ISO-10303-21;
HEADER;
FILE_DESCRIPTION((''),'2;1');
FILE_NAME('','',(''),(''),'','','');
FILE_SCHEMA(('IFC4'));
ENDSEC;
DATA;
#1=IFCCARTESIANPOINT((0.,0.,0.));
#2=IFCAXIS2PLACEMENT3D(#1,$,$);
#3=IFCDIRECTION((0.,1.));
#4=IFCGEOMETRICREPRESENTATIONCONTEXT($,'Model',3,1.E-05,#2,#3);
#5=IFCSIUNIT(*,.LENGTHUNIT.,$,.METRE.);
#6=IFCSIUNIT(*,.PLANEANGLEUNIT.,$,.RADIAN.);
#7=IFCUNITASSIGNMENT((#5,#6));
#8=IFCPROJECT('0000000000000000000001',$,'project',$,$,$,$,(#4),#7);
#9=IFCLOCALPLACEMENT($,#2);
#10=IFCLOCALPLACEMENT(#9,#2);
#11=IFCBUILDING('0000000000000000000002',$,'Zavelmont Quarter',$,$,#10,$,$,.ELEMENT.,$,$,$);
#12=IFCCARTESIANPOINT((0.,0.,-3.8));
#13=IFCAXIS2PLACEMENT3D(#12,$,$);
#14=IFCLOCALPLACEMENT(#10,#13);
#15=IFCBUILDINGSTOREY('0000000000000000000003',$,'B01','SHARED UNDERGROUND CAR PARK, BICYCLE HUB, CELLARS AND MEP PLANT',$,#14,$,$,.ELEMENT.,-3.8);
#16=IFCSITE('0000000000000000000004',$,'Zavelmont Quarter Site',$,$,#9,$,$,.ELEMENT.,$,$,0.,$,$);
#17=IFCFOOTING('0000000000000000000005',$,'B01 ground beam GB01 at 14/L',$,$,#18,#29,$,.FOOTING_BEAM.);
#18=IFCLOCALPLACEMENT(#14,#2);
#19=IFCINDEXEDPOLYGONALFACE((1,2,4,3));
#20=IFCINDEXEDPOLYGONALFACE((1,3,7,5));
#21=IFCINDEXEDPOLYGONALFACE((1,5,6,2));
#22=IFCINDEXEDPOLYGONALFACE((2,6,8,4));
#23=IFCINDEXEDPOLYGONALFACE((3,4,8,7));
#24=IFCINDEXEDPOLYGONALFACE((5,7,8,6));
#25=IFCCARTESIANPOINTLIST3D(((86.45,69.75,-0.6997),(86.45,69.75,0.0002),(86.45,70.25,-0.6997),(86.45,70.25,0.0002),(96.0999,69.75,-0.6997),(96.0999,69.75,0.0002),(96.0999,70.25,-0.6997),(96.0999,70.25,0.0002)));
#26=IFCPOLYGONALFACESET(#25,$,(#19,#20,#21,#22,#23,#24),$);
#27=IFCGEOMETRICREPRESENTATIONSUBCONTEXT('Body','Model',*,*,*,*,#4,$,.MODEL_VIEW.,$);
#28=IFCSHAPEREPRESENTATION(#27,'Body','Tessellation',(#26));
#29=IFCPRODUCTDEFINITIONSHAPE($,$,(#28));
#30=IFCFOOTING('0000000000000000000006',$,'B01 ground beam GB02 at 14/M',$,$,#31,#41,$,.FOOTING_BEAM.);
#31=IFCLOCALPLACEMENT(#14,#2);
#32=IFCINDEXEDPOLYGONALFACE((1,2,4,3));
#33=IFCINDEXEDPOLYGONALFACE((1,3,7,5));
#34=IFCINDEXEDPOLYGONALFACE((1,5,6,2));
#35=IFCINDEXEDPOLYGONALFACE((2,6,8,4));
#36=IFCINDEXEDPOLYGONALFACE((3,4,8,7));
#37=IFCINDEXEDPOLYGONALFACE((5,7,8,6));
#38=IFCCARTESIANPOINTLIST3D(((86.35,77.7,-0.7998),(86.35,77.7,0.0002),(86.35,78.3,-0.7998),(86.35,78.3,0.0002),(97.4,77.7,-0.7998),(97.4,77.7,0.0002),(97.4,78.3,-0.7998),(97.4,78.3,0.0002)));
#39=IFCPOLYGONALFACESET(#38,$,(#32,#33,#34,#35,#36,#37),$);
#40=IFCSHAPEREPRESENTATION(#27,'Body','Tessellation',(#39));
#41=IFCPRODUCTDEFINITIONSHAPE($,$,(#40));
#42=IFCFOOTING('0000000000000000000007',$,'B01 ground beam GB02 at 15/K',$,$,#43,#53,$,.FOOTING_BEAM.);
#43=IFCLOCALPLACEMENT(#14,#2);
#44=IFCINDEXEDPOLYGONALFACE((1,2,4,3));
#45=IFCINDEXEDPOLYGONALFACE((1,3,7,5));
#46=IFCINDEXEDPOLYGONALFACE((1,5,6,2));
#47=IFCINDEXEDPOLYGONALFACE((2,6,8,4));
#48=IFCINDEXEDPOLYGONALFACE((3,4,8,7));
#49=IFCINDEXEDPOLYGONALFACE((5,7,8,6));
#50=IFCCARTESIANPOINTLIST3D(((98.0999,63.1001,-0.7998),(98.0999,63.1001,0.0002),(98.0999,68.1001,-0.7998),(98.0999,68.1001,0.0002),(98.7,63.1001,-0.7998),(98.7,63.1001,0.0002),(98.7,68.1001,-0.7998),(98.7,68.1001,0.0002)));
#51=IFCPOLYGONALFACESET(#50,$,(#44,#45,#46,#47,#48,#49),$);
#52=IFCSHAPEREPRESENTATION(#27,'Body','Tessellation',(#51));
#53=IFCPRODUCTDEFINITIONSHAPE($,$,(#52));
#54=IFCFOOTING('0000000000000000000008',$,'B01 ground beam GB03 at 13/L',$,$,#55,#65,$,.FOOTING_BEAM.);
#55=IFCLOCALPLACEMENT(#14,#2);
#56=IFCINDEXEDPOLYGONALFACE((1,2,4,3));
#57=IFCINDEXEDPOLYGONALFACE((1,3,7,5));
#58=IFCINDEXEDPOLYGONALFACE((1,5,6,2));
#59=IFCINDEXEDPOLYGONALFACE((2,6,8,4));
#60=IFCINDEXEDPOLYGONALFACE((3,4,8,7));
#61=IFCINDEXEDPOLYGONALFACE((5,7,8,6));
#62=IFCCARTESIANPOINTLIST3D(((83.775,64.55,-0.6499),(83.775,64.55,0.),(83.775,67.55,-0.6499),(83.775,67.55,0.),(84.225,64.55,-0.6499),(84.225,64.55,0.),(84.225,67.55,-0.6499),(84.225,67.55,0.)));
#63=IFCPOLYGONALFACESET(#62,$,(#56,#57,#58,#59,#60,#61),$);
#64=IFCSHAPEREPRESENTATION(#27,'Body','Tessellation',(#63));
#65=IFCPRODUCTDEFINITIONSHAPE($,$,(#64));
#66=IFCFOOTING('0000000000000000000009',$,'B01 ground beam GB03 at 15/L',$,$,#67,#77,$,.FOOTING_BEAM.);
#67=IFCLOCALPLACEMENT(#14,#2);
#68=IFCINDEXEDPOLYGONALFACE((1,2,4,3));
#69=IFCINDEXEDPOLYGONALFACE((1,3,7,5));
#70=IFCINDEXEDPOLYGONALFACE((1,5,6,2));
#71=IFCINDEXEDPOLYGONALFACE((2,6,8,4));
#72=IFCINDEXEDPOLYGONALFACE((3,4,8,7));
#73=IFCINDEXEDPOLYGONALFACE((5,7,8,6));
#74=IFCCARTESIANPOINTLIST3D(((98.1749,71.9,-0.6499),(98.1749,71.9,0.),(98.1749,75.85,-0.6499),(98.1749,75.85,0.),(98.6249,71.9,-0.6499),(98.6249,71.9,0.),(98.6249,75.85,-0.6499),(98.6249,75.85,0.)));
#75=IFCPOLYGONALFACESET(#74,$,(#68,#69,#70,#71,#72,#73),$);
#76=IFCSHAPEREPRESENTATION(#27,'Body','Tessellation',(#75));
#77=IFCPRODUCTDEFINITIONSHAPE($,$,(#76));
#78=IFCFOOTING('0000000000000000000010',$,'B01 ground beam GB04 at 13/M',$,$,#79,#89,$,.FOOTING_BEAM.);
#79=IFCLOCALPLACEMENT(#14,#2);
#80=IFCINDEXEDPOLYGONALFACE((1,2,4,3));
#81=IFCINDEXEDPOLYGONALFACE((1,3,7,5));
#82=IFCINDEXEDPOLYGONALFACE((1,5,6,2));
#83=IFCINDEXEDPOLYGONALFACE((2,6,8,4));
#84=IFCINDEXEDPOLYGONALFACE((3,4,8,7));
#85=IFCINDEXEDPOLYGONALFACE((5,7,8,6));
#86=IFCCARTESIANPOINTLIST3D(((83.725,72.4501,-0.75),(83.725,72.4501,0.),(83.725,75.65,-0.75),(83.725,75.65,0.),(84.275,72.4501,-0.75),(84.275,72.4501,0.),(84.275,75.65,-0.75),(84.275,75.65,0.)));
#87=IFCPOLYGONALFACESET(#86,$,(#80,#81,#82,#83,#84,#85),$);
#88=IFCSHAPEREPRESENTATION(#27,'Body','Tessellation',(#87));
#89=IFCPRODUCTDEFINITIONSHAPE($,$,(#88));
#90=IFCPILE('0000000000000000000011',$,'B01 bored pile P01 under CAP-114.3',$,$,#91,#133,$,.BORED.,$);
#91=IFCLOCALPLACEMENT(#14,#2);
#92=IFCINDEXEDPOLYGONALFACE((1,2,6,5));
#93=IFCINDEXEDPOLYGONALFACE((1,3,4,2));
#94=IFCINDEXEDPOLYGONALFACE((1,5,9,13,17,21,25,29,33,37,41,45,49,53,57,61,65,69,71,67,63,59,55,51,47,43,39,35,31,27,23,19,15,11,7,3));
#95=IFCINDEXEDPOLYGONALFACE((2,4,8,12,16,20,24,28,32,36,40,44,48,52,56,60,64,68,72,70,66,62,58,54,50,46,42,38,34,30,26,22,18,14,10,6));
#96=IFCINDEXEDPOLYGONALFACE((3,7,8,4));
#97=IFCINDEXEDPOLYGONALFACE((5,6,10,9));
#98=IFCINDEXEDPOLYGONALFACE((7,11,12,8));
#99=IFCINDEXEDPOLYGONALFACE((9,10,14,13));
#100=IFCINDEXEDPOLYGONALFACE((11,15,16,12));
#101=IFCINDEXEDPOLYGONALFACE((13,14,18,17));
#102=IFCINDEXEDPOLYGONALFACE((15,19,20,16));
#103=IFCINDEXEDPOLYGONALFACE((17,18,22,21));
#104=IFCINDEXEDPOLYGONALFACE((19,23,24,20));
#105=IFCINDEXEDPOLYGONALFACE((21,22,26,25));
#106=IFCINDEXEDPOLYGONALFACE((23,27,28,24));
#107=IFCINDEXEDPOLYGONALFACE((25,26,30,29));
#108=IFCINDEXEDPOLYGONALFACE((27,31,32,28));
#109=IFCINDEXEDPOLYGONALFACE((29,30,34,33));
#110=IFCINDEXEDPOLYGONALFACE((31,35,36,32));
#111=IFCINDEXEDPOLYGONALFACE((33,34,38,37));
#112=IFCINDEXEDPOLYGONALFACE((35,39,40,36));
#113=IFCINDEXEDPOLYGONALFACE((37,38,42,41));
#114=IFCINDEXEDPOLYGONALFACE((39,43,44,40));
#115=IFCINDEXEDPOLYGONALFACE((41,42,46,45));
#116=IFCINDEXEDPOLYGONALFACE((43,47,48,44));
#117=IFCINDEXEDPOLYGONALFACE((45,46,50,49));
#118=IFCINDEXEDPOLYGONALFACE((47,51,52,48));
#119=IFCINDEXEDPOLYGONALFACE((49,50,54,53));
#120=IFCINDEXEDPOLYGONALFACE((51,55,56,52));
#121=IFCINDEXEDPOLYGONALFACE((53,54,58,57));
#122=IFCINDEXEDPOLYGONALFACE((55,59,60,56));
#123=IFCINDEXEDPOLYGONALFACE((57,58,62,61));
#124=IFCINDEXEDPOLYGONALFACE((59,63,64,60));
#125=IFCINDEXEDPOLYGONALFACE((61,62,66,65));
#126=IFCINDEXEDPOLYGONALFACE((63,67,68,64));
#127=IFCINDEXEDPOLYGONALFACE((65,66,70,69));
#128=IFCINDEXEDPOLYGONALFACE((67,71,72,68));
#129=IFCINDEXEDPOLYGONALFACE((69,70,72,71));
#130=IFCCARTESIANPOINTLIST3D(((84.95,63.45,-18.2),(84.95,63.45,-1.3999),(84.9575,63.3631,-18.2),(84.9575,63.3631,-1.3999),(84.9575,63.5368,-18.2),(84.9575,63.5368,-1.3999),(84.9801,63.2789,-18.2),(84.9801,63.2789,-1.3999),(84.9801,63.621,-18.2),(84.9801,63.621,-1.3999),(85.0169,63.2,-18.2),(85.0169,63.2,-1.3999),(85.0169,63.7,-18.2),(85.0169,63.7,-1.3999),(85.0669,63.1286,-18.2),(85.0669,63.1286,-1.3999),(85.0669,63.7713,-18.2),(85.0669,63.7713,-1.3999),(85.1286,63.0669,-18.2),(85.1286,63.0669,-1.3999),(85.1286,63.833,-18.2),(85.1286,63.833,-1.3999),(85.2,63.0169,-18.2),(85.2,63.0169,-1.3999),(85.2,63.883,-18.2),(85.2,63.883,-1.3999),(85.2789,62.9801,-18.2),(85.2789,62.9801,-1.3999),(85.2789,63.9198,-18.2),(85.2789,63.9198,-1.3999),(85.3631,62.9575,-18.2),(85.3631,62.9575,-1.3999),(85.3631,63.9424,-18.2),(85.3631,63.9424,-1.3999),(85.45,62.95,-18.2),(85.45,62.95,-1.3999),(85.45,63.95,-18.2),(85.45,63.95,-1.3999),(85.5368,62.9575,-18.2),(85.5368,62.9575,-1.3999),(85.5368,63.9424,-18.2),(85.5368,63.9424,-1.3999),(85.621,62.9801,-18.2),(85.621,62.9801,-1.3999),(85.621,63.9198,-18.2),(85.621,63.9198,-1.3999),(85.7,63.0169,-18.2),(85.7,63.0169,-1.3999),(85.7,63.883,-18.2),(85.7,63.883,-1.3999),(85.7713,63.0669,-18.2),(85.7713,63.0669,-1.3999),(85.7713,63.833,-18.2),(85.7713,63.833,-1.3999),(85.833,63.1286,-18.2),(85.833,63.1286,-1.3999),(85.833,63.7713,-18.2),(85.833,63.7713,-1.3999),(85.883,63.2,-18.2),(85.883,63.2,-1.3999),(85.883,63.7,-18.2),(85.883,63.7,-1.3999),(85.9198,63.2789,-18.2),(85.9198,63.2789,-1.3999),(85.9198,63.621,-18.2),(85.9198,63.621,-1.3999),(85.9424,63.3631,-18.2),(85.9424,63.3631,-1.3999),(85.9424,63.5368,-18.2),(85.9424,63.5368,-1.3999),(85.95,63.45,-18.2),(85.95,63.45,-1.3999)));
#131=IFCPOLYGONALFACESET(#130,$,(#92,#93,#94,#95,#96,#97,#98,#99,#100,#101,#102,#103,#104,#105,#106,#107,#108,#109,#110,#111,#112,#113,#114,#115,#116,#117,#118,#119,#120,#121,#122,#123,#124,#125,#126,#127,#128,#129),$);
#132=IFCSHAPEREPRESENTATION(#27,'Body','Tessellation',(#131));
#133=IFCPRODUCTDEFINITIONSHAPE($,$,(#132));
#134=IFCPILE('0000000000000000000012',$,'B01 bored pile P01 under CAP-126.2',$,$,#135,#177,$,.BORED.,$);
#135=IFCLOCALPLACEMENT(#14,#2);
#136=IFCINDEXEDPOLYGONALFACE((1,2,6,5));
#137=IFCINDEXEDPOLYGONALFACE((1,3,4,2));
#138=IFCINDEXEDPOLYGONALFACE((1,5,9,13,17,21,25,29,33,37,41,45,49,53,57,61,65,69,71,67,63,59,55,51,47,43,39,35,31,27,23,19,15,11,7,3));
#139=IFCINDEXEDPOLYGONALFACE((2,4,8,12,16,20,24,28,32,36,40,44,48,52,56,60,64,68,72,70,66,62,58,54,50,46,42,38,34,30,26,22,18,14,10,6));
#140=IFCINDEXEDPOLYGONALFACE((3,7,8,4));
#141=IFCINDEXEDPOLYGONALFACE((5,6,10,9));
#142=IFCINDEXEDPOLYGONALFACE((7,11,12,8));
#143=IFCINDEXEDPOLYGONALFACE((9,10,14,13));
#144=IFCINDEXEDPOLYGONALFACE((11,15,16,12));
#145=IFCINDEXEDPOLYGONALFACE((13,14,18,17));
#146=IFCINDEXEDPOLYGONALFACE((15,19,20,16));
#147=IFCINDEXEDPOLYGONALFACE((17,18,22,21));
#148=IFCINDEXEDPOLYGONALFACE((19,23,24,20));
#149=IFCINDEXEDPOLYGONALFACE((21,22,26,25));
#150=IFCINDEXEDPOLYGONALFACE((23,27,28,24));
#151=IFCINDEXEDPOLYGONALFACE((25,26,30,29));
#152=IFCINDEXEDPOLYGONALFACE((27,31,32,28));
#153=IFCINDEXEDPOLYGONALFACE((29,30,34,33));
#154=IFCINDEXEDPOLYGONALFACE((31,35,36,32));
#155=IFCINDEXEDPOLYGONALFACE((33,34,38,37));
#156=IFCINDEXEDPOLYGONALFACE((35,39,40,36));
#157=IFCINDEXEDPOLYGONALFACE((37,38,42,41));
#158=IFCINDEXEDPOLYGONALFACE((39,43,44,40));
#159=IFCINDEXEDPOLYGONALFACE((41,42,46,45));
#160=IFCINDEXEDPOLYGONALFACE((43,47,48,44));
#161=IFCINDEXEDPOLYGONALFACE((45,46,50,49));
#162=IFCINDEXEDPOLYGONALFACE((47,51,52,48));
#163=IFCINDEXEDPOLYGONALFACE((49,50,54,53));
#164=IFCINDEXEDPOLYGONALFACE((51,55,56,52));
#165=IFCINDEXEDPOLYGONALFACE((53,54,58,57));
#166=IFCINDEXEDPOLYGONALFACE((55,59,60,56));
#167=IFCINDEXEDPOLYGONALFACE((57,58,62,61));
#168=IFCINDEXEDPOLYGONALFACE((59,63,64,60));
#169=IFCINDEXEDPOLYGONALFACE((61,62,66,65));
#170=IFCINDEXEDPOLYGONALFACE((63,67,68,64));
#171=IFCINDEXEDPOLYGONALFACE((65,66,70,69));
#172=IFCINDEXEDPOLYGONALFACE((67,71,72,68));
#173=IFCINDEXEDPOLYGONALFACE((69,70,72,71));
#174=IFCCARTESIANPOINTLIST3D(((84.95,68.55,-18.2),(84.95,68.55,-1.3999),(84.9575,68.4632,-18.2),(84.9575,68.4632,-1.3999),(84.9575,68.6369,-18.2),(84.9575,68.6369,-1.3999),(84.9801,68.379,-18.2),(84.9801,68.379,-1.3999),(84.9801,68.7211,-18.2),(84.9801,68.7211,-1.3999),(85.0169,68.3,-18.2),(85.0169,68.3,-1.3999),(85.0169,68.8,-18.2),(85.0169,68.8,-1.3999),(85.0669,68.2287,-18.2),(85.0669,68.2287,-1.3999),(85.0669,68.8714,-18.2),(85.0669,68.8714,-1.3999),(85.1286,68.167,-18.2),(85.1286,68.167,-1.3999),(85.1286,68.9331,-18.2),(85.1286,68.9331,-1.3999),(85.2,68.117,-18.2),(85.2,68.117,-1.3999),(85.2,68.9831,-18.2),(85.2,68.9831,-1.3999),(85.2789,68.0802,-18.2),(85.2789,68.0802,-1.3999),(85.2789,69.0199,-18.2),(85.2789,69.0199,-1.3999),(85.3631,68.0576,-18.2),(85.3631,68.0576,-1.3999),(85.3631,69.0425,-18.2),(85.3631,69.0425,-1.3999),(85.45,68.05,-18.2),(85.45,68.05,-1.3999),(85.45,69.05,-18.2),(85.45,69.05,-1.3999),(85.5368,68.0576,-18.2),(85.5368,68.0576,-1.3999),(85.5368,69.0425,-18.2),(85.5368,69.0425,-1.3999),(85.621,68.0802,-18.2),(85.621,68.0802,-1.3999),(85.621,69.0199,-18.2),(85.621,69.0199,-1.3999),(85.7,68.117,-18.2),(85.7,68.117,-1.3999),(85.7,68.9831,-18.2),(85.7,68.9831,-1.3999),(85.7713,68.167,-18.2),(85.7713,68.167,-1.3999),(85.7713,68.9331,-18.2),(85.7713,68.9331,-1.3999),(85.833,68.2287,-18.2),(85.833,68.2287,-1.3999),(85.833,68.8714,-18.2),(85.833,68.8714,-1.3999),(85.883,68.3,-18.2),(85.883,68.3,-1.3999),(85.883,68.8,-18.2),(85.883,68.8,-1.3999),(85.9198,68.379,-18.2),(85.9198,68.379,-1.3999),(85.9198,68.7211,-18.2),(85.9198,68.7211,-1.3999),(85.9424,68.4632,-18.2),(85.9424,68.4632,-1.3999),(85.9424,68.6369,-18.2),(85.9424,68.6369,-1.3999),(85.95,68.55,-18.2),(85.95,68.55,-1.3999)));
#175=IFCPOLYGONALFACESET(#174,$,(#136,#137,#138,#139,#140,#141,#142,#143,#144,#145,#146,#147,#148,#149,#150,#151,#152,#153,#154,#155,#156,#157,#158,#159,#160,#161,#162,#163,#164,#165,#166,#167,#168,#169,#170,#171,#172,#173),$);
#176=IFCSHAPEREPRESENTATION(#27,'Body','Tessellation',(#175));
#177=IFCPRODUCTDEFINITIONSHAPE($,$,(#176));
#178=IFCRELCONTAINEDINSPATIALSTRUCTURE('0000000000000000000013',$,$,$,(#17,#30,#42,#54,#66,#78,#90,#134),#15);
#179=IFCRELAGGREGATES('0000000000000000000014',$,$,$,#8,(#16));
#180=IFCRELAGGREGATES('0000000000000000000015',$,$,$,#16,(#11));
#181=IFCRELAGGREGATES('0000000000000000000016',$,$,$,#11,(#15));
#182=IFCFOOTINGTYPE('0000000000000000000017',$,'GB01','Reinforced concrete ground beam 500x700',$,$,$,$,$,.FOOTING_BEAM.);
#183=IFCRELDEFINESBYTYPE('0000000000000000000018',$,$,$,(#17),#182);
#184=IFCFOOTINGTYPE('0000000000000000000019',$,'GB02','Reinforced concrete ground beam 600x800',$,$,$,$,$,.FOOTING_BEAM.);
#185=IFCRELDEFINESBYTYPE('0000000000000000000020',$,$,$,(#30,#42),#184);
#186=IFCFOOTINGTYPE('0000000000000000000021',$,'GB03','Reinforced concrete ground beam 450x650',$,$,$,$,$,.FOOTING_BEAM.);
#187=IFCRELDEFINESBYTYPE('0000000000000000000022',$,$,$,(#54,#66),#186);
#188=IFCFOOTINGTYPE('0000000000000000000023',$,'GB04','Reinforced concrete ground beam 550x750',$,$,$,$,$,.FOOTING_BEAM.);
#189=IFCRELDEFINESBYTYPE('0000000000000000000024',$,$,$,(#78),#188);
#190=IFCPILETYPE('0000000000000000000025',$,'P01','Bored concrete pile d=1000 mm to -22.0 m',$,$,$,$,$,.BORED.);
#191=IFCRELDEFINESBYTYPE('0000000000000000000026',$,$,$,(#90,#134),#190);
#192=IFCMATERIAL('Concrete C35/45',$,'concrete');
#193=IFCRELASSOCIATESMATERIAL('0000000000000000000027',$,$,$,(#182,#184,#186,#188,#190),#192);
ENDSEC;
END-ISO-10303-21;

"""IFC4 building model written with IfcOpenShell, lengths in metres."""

from ifc_helpers import new_model, si_unit, direction, frame, origin, origin_2d, place, context, subcontext, project, spatial, rectangle, circle, extrude, material, material_profile, profile_set, type_object, element, save


model = new_model("IFC4")

# Units and contexts
model_context = context("Model", 3, precision=1e-05, world=origin(), true_north=direction((0.0, 1.0)))
body_context = subcontext(model_context, "Body", "Model", "MODEL_VIEW")
ifc_project = project(units=[si_unit("LENGTHUNIT", "METRE"), si_unit("PLANEANGLEUNIT", "RADIAN")], contexts=[model_context])

# Site, building, storey
site_placement = place(None, origin())
site = spatial("IfcSite", under=ifc_project, at=site_placement, Name="Zavelmont Quarter Site", CompositionType="ELEMENT", RefElevation=0.0)
building_placement = place(site_placement, origin())
building = spatial("IfcBuilding", under=site, at=building_placement, Name="Zavelmont Quarter", CompositionType="ELEMENT")
storey_placement = place(building_placement, frame((0.0, 0.0, -3.8)))
storey = spatial("IfcBuildingStorey", under=building, at=storey_placement, Name="B01", Description="SHARED UNDERGROUND CAR PARK, BICYCLE HUB, CELLARS AND MEP PLANT", CompositionType="ELEMENT", Elevation=-3.8)

# Footings
ifc_material_1 = material(Name="Concrete C35/45", Category="concrete")
footing_type_1 = type_object("IfcFootingType", Name="GB01", Description="Reinforced concrete ground beam 500x700", PredefinedType="FOOTING_BEAM", material=ifc_material_1)
footing_1_placement = place(storey_placement, frame((91.2749, 70.0, -0.6997), z_axis=(0.0, 0.0, 1.0), x_axis=(1.0, 0.0, 0.0)))
element("IfcFooting", 1, at=footing_1_placement, inside=storey, type_object=footing_type_1, Name="B01 ground beam GB01 at 14/L", PredefinedType="FOOTING_BEAM", context=body_context, shape_type="SweptSolid", body=[
    extrude(rectangle(XDim=9.6499, YDim=0.5, at=origin_2d()), origin(), (0.0, 0.0, 1.0), 0.7),
])
footing_type_2 = type_object("IfcFootingType", Name="GB02", Description="Reinforced concrete ground beam 600x800", PredefinedType="FOOTING_BEAM", material=ifc_material_1)
footing_2_placement = place(storey_placement, frame((91.875, 78.0, -0.7998), z_axis=(0.0, 0.0, 1.0), x_axis=(1.0, 0.0, 0.0)))
element("IfcFooting", 2, at=footing_2_placement, inside=storey, type_object=footing_type_2, Name="B01 ground beam GB02 at 14/M", PredefinedType="FOOTING_BEAM", context=body_context, shape_type="SweptSolid", body=[
    extrude(rectangle(XDim=11.05, YDim=0.6001, at=origin_2d()), origin(), (0.0, 0.0, 1.0), 0.8),
])
footing_3_placement = place(storey_placement, frame((98.3999, 65.6001, -0.7998), z_axis=(0.0, 0.0, 1.0), x_axis=(0.0, 1.0, 0.0)))
element("IfcFooting", 3, at=footing_3_placement, inside=storey, type_object=footing_type_2, Name="B01 ground beam GB02 at 15/K", PredefinedType="FOOTING_BEAM", context=body_context, shape_type="SweptSolid", body=[
    extrude(rectangle(XDim=5.0, YDim=0.6001, at=origin_2d()), origin(), (0.0, 0.0, 1.0), 0.8),
])
footing_type_3 = type_object("IfcFootingType", Name="GB03", Description="Reinforced concrete ground beam 450x650", PredefinedType="FOOTING_BEAM", material=ifc_material_1)
footing_4_placement = place(storey_placement, frame((84.0, 66.05, -0.6499), z_axis=(0.0, 0.0, 1.0), x_axis=(0.0, 1.0, 0.0)))
element("IfcFooting", 4, at=footing_4_placement, inside=storey, type_object=footing_type_3, Name="B01 ground beam GB03 at 13/L", PredefinedType="FOOTING_BEAM", context=body_context, shape_type="SweptSolid", body=[
    extrude(rectangle(XDim=3.0, YDim=0.45, at=origin_2d()), origin(), (0.0, 0.0, 1.0), 0.6499),
])
footing_5_placement = place(storey_placement, frame((98.3999, 73.875, -0.6499), z_axis=(0.0, 0.0, 1.0), x_axis=(0.0, 1.0, 0.0)))
element("IfcFooting", 5, at=footing_5_placement, inside=storey, type_object=footing_type_3, Name="B01 ground beam GB03 at 15/L", PredefinedType="FOOTING_BEAM", context=body_context, shape_type="SweptSolid", body=[
    extrude(rectangle(XDim=3.95, YDim=0.45, at=origin_2d()), origin(), (0.0, 0.0, 1.0), 0.6499),
])
footing_type_4 = type_object("IfcFootingType", Name="GB04", Description="Reinforced concrete ground beam 550x750", PredefinedType="FOOTING_BEAM", material=ifc_material_1)
footing_6_placement = place(storey_placement, frame((84.0, 74.05, -0.75), z_axis=(0.0, 0.0, 1.0), x_axis=(0.0, 1.0, 0.0)))
element("IfcFooting", 6, at=footing_6_placement, inside=storey, type_object=footing_type_4, Name="B01 ground beam GB04 at 13/M", PredefinedType="FOOTING_BEAM", context=body_context, shape_type="SweptSolid", body=[
    extrude(rectangle(XDim=3.2, YDim=0.55, at=origin_2d()), origin(), (0.0, 0.0, 1.0), 0.75),
])

# Piles
ifc_material_profile_1 = material_profile(ifc_material_1, circle(Radius=0.5, at=origin_2d()), Name="BP1000")
ifc_profile_set_1 = profile_set([ifc_material_profile_1], Name="Concrete C35/45")
pile_type_1 = type_object("IfcPileType", Name="P01", Description="Bored concrete pile d=1000 mm to -22.0 m", PredefinedType="BORED", material=ifc_profile_set_1)
for number, where, z_axis, x_axis, name in (
    (7, (85.45, 63.45, -1.3999), (0.0, 0.0, -1.0), (1.0, 0.0, 0.0), "B01 bored pile P01 under CAP-114.3"),
    (8, (85.45, 68.55, -1.3999), (0.0, 0.0, -1.0), (1.0, 0.0, 0.0), "B01 bored pile P01 under CAP-126.2"),
):
    element("IfcPile", number, at=place(storey_placement, frame(where, z_axis=z_axis, x_axis=x_axis)), inside=storey, type_object=pile_type_1, Name=name, PredefinedType="BORED", context=body_context, shape_type="SweptSolid", body=[
        extrude(circle(Radius=0.5, at=origin_2d()), origin(), (0.0, 0.0, 1.0), 16.8),
    ])

save(model, "model.ifc")
